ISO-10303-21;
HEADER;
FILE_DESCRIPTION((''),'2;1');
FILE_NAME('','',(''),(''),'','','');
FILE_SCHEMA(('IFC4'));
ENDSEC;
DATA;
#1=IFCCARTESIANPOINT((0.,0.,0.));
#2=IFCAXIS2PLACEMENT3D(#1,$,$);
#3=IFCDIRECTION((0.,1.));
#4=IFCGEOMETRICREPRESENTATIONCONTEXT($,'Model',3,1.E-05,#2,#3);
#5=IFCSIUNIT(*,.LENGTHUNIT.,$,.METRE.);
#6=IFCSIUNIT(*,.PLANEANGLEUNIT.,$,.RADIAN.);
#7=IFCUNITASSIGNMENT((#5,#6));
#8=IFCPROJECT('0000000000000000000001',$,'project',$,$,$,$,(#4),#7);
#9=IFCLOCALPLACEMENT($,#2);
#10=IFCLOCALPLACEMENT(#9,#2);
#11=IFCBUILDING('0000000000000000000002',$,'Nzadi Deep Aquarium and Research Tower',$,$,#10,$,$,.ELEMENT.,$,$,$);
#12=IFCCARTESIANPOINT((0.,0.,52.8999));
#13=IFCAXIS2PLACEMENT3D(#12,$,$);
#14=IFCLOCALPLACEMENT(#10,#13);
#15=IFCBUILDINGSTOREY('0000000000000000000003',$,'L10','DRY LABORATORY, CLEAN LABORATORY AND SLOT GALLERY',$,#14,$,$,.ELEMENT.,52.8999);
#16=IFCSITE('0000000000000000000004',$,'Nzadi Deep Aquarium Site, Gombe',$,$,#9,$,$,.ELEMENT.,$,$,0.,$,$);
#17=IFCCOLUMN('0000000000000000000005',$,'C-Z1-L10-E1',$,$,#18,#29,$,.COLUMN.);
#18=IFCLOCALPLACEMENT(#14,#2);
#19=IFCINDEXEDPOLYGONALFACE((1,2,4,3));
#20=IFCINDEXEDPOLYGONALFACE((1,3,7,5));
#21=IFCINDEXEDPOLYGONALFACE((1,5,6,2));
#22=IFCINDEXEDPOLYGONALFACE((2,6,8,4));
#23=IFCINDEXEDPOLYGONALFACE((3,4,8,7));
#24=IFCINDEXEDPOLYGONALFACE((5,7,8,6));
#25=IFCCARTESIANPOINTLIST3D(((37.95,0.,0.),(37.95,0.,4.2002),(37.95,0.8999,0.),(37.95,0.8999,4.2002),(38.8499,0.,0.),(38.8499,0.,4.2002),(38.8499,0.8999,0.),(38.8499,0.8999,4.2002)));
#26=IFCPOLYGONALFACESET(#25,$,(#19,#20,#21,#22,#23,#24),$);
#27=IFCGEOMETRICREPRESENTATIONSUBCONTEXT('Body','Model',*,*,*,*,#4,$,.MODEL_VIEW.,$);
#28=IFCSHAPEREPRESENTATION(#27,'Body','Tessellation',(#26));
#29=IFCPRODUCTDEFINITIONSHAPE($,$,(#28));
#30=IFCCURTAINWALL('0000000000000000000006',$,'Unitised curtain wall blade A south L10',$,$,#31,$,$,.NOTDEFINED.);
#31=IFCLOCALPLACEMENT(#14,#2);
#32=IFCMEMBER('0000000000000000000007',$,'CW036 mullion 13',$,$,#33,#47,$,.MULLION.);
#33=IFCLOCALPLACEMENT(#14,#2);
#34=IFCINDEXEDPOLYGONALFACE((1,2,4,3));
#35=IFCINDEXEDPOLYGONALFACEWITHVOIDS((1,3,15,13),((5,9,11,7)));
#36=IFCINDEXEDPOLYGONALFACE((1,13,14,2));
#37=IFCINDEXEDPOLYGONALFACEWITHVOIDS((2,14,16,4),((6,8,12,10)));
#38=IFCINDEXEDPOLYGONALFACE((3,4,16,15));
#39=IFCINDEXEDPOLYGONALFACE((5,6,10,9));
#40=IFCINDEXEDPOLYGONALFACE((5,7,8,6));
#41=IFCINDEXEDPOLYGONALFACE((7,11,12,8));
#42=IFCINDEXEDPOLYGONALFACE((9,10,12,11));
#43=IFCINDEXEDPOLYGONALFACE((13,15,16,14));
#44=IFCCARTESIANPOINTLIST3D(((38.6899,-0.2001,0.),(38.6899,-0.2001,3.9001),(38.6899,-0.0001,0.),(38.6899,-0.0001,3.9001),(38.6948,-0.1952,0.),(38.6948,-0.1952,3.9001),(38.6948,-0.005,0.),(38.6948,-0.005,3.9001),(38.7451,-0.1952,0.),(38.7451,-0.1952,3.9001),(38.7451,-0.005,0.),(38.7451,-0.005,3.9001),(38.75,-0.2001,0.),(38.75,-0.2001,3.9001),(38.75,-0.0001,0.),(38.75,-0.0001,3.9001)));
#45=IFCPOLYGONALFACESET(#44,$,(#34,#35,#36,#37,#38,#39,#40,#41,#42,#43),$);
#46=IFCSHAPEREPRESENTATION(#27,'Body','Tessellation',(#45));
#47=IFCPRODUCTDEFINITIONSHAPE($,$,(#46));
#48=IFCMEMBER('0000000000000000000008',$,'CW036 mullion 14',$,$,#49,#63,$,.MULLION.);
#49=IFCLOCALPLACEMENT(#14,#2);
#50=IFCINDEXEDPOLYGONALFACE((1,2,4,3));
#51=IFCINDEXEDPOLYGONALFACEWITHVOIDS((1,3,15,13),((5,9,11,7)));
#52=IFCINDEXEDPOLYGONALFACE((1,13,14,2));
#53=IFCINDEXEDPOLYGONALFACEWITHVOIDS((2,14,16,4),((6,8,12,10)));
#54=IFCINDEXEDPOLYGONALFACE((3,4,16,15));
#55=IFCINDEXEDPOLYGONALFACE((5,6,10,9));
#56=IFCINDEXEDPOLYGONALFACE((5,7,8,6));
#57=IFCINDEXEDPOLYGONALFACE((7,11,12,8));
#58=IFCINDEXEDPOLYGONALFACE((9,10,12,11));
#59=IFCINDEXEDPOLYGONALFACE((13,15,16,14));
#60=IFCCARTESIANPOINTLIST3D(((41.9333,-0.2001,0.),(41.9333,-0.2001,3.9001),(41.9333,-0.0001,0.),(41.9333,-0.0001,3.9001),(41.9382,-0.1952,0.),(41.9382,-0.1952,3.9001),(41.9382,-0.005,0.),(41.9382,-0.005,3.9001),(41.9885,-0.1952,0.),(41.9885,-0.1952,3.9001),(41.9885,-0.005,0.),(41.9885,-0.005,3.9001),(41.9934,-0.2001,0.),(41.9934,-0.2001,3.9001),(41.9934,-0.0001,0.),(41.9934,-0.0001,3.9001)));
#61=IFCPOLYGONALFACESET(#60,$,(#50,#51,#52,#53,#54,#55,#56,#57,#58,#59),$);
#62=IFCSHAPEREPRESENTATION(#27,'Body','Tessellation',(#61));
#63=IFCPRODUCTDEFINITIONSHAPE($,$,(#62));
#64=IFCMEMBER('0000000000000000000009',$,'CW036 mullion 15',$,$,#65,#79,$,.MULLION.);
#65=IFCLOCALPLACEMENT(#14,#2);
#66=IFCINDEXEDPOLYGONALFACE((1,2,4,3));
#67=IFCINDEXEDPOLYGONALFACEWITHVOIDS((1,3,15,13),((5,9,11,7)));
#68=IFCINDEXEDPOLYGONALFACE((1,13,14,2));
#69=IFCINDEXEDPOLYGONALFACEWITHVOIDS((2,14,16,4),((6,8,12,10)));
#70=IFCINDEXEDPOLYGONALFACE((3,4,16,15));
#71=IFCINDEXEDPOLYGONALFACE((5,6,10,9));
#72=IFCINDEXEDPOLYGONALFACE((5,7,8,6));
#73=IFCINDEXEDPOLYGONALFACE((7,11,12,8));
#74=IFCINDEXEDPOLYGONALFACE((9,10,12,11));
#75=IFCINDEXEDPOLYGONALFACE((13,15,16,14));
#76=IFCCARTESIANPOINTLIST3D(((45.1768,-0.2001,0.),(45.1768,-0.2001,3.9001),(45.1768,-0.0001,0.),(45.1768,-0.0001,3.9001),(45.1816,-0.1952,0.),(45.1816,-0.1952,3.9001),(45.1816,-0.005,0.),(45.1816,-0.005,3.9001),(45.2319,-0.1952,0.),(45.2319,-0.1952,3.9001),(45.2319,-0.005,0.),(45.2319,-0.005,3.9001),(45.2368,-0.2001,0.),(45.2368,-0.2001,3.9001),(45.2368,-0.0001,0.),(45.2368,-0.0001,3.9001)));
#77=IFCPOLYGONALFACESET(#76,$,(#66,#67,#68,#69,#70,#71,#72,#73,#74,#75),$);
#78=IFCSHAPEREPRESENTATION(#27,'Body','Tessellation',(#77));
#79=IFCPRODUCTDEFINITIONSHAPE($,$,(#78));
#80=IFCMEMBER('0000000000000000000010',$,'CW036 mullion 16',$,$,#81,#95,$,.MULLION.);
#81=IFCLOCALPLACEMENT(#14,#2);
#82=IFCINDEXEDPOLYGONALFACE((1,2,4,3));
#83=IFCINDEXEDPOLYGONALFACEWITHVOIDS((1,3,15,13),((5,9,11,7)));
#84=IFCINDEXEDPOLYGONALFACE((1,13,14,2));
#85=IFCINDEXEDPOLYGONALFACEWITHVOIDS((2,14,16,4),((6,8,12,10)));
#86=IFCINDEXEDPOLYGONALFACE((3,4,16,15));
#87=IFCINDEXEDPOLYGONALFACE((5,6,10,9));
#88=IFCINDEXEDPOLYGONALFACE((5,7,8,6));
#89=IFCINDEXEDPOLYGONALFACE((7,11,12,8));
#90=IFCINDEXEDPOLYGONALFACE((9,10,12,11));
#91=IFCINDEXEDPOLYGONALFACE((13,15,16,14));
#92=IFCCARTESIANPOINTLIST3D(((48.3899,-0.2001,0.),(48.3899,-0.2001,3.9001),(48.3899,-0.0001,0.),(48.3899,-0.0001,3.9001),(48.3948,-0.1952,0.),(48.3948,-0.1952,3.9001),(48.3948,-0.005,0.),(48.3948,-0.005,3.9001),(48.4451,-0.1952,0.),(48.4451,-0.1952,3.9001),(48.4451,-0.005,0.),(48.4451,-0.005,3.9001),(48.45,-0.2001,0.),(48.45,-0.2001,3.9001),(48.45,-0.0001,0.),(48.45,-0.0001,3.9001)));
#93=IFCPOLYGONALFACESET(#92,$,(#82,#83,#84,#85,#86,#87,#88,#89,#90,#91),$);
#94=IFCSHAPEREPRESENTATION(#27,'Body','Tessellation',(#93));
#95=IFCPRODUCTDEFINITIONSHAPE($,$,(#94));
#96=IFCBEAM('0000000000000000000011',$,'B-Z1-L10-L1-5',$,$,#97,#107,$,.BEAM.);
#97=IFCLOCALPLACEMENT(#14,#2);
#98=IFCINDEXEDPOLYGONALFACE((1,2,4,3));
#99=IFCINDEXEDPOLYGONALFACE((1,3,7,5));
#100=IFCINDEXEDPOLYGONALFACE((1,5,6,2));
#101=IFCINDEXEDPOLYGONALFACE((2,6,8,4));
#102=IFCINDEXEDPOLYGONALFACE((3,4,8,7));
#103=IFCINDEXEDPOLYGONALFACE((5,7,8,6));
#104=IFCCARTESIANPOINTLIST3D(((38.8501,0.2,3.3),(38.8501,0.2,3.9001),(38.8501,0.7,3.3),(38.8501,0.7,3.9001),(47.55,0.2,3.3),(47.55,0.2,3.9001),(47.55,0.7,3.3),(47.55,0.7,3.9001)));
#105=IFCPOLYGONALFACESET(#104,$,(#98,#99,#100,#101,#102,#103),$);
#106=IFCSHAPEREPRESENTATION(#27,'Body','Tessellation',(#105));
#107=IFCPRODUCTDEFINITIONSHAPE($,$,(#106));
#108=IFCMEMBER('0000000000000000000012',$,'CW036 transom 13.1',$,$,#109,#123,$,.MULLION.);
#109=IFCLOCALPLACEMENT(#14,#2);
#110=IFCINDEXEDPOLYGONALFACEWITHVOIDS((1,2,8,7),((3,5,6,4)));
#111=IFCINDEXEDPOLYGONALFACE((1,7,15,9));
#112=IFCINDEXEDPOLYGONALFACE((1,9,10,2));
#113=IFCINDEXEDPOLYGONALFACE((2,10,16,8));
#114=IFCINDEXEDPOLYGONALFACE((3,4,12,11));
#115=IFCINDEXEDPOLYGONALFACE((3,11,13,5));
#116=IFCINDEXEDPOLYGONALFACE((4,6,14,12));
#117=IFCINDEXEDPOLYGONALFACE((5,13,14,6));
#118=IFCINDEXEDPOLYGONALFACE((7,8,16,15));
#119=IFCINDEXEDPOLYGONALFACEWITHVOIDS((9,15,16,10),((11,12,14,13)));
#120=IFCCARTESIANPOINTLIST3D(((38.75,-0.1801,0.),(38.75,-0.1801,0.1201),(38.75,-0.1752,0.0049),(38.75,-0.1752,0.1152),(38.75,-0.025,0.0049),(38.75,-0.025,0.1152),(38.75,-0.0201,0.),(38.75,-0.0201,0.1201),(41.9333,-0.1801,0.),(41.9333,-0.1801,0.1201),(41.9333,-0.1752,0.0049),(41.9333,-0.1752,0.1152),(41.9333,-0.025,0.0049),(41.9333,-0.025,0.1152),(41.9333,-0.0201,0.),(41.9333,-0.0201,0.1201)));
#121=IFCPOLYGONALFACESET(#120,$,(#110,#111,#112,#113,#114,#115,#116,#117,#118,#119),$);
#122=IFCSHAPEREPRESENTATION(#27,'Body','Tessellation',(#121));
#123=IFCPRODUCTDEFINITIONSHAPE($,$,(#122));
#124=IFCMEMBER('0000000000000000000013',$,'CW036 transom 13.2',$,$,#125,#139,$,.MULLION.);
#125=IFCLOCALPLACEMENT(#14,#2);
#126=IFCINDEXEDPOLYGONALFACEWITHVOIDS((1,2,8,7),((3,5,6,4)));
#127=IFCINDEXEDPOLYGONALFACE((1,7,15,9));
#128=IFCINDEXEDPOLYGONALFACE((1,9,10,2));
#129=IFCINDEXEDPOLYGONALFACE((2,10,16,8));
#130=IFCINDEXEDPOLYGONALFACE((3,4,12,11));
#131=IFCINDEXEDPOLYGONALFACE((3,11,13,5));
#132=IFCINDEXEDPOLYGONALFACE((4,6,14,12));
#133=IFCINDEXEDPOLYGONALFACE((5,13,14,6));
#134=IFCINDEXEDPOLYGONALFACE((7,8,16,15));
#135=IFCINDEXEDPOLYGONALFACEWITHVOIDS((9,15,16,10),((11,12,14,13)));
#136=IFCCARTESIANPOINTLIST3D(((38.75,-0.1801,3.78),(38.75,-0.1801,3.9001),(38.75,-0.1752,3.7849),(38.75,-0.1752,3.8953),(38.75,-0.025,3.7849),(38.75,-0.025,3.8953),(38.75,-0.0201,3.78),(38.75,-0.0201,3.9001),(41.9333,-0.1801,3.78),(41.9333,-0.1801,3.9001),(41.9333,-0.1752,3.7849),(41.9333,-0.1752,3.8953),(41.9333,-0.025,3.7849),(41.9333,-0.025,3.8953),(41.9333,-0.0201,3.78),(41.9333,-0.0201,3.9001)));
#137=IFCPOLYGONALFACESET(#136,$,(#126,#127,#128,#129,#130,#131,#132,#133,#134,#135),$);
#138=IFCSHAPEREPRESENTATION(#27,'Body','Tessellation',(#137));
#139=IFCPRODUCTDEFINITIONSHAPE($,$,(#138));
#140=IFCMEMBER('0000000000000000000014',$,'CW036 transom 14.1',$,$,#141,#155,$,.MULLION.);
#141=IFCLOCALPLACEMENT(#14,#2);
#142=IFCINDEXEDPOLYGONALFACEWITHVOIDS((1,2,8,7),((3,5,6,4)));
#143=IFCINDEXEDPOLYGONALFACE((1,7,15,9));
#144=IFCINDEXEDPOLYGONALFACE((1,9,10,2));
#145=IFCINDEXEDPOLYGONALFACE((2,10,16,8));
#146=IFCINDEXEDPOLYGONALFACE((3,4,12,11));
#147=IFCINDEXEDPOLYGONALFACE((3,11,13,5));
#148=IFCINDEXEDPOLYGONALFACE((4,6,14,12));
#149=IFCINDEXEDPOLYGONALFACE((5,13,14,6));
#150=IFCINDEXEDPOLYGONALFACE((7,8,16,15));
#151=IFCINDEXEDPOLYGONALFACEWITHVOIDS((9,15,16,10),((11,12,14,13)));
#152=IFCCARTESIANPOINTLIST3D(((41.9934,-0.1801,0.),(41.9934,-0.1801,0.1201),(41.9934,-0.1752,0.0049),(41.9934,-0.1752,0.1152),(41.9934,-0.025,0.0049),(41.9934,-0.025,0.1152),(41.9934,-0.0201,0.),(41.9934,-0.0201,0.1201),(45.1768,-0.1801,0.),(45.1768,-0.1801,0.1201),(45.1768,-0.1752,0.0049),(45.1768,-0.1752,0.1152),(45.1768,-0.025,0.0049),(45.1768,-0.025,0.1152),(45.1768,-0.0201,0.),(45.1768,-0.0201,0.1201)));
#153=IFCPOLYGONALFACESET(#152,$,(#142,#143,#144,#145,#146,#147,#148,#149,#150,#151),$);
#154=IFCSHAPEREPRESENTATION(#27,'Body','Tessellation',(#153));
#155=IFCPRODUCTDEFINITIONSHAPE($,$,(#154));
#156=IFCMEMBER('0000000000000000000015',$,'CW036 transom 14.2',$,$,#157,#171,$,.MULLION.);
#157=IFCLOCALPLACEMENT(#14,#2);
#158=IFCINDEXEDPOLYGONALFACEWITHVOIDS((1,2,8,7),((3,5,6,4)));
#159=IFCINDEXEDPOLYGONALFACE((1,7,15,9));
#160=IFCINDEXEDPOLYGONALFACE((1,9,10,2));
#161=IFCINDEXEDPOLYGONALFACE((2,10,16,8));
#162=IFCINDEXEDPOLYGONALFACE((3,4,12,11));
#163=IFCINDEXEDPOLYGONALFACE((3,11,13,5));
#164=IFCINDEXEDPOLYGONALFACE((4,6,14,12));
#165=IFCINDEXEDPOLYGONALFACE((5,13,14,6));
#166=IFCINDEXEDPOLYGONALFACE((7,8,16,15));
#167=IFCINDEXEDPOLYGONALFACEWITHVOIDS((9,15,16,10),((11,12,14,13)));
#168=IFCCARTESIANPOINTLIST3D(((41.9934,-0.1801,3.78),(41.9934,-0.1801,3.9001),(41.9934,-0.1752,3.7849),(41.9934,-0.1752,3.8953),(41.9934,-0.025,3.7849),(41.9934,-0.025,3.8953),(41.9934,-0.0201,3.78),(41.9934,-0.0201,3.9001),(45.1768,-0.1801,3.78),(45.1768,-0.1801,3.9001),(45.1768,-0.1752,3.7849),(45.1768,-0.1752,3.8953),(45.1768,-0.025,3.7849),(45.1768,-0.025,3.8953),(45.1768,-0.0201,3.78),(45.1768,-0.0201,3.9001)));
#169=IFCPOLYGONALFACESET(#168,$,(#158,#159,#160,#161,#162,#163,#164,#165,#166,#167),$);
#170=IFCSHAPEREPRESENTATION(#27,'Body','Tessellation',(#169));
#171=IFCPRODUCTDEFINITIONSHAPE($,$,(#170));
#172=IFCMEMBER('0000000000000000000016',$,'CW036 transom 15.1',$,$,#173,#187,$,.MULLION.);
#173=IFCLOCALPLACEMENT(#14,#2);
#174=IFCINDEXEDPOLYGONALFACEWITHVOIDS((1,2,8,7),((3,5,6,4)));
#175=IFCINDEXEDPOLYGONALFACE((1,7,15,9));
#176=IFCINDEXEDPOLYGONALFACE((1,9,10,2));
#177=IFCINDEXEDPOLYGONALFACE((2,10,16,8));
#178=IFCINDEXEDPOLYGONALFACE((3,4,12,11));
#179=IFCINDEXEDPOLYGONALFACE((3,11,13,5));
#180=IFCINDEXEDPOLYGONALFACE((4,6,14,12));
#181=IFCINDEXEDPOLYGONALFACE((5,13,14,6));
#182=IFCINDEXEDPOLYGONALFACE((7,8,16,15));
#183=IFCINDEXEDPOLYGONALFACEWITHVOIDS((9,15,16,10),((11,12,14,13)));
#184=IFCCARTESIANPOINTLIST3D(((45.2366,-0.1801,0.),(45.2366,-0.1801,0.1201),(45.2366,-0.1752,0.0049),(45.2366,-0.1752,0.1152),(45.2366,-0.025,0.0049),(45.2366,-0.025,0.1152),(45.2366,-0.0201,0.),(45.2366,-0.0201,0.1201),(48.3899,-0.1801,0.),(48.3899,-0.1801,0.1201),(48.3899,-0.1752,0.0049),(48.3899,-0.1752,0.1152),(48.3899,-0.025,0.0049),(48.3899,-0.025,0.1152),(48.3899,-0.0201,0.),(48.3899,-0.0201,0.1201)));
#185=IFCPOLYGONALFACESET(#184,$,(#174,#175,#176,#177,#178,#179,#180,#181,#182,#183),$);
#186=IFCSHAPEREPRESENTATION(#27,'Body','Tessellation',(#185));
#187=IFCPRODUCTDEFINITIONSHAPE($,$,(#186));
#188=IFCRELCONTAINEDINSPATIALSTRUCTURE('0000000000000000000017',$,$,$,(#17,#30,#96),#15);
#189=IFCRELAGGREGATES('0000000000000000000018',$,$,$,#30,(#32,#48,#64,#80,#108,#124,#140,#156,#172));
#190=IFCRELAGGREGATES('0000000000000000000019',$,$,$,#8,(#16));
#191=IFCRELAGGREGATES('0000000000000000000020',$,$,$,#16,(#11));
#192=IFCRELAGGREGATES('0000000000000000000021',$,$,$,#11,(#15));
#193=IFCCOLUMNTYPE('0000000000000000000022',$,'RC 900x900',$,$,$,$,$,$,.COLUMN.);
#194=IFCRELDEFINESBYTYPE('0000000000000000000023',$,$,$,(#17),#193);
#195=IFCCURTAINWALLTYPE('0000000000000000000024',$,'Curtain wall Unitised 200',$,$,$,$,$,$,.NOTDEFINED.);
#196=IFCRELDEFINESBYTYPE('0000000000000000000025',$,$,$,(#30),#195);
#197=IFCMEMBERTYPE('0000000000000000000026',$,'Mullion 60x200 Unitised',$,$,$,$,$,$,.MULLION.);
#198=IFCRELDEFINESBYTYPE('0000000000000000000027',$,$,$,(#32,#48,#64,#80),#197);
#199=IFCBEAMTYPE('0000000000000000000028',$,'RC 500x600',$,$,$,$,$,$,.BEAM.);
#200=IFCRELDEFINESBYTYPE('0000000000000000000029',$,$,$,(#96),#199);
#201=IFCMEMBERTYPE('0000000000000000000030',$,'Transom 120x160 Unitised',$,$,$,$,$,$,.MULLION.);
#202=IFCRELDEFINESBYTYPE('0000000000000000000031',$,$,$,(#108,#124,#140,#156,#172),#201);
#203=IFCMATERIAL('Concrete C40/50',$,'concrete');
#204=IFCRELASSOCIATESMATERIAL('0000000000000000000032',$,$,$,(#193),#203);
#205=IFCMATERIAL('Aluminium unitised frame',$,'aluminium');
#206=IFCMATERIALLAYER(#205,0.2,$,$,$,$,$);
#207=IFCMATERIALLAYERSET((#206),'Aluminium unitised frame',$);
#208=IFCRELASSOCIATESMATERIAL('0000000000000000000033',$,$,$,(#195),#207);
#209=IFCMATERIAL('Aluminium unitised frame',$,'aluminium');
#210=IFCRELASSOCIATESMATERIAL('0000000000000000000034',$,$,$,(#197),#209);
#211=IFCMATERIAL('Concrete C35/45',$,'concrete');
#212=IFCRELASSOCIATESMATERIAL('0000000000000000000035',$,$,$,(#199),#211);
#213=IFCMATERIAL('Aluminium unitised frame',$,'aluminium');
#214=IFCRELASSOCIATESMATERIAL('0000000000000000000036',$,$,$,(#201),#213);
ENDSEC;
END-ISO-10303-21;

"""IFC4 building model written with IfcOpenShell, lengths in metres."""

from ifc_helpers import new_model, si_unit, direction, frame, origin, origin_2d, place, context, subcontext, project, spatial, rectangle, hollow_rectangle, extrude, material, layer, layer_set, material_profile, profile_set, type_object, element, aggregate, save


model = new_model("IFC4")

# Units and contexts
model_context = context("Model", 3, precision=1e-05, world=origin(), true_north=direction((0.0, 1.0)))
body_context = subcontext(model_context, "Body", "Model", "MODEL_VIEW")
ifc_project = project(units=[si_unit("LENGTHUNIT", "METRE"), si_unit("PLANEANGLEUNIT", "RADIAN")], contexts=[model_context])

# Site, building, storey
site_placement = place(None, origin())
site = spatial("IfcSite", under=ifc_project, at=site_placement, Name="Nzadi Deep Aquarium Site, Gombe", CompositionType="ELEMENT", RefElevation=0.0)
building_placement = place(site_placement, origin())
building = spatial("IfcBuilding", under=site, at=building_placement, Name="Nzadi Deep Aquarium and Research Tower", CompositionType="ELEMENT")
storey_placement = place(building_placement, frame((0.0, 0.0, 52.8999)))
storey = spatial("IfcBuildingStorey", under=building, at=storey_placement, Name="L10", Description="DRY LABORATORY, CLEAN LABORATORY AND SLOT GALLERY", CompositionType="ELEMENT", Elevation=52.8999)

# Column
ifc_material_1 = material(Name="Concrete C40/50", Category="concrete")
ifc_material_profile_1 = material_profile(ifc_material_1, rectangle(XDim=0.8999, YDim=0.8999, at=origin_2d()))
ifc_profile_set_1 = profile_set([ifc_material_profile_1], Name="Concrete C40/50")
column_type = type_object("IfcColumnType", Name="RC 900x900", PredefinedType="COLUMN", material=ifc_profile_set_1)
column_placement = place(storey_placement, frame((38.3999, 0.45, 0.0), z_axis=(0.0, 0.0, 1.0), x_axis=(1.0, 0.0, 0.0)))
element("IfcColumn", 1, at=column_placement, inside=storey, type_object=column_type, Name="C-Z1-L10-E1", PredefinedType="COLUMN", context=body_context, shape_type="SweptSolid", body=[
    extrude(rectangle(XDim=0.8999, YDim=0.8999, at=origin_2d()), origin(), (0.0, 0.0, 1.0), 4.2002),
])

# Curtain wall, members
ifc_material_2 = material(Name="Aluminium unitised frame", Category="aluminium")
ifc_layer_1 = layer(ifc_material_2, 0.2)
ifc_layer_set_1 = layer_set([ifc_layer_1], Name="Aluminium unitised frame")
curtain_wall_type = type_object("IfcCurtainWallType", Name="Curtain wall Unitised 200", PredefinedType="NOTDEFINED", material=ifc_layer_set_1)
curtain_wall_placement = place(storey_placement, origin())
curtain_wall = element("IfcCurtainWall", 2, at=curtain_wall_placement, inside=storey, type_object=curtain_wall_type, Name="Unitised curtain wall blade A south L10", PredefinedType="NOTDEFINED")
ifc_material_3 = material(Name="Aluminium unitised frame", Category="aluminium")
ifc_material_profile_2 = material_profile(ifc_material_3, hollow_rectangle(XDim=0.2, YDim=0.0601, WallThickness=0.0049, at=origin_2d()))
ifc_profile_set_2 = profile_set([ifc_material_profile_2], Name="Aluminium unitised frame")
member_type_1 = type_object("IfcMemberType", Name="Mullion 60x200 Unitised", PredefinedType="MULLION", material=ifc_profile_set_2)
member_1_placement = place(storey_placement, frame((38.72, -0.1001, 0.0), z_axis=(0.0, 0.0, 1.0), x_axis=(0.0, 1.0, 0.0)))
member_1 = element("IfcMember", 3, at=member_1_placement, type_object=member_type_1, Name="CW036 mullion 13", PredefinedType="MULLION", context=body_context, shape_type="SweptSolid", body=[
    extrude(hollow_rectangle(XDim=0.2, YDim=0.0601, WallThickness=0.0049, at=origin_2d()), origin(), (0.0, 0.0, 1.0), 3.9001),
])
member_2_placement = place(storey_placement, frame((41.9634, -0.1001, 0.0), z_axis=(0.0, 0.0, 1.0), x_axis=(0.0, 1.0, 0.0)))
member_2 = element("IfcMember", 4, at=member_2_placement, type_object=member_type_1, Name="CW036 mullion 14", PredefinedType="MULLION", context=body_context, shape_type="SweptSolid", body=[
    extrude(hollow_rectangle(XDim=0.2, YDim=0.0601, WallThickness=0.0049, at=origin_2d()), origin(), (0.0, 0.0, 1.0), 3.9001),
])
member_3_placement = place(storey_placement, frame((45.2068, -0.1001, 0.0), z_axis=(0.0, 0.0, 1.0), x_axis=(0.0, 1.0, 0.0)))
member_3 = element("IfcMember", 5, at=member_3_placement, type_object=member_type_1, Name="CW036 mullion 15", PredefinedType="MULLION", context=body_context, shape_type="SweptSolid", body=[
    extrude(hollow_rectangle(XDim=0.2, YDim=0.0601, WallThickness=0.0049, at=origin_2d()), origin(), (0.0, 0.0, 1.0), 3.9001),
])
member_4_placement = place(storey_placement, frame((48.4199, -0.1001, 0.0), z_axis=(0.0, 0.0, 1.0), x_axis=(0.0, 1.0, 0.0)))
member_4 = element("IfcMember", 6, at=member_4_placement, type_object=member_type_1, Name="CW036 mullion 16", PredefinedType="MULLION", context=body_context, shape_type="SweptSolid", body=[
    extrude(hollow_rectangle(XDim=0.2, YDim=0.0601, WallThickness=0.0049, at=origin_2d()), origin(), (0.0, 0.0, 1.0), 3.9001),
])

# Beam
ifc_material_4 = material(Name="Concrete C35/45", Category="concrete")
ifc_material_profile_3 = material_profile(ifc_material_4, rectangle(XDim=0.5, YDim=0.6001, at=origin_2d()))
ifc_profile_set_3 = profile_set([ifc_material_profile_3], Name="Concrete C35/45")
beam_type = type_object("IfcBeamType", Name="RC 500x600", PredefinedType="BEAM", material=ifc_profile_set_3)
beam_placement = place(storey_placement, frame((38.8501, 0.45, 3.6001), z_axis=(1.0, 0.0, 0.0), x_axis=(0.0, 1.0, 0.0)))
element("IfcBeam", 7, at=beam_placement, inside=storey, type_object=beam_type, Name="B-Z1-L10-L1-5", PredefinedType="BEAM", context=body_context, shape_type="SweptSolid", body=[
    extrude(rectangle(XDim=0.5, YDim=0.6001, at=origin_2d()), origin(), (0.0, 0.0, 1.0), 8.7),
])

# Members
ifc_material_5 = material(Name="Aluminium unitised frame", Category="aluminium")
ifc_material_profile_4 = material_profile(ifc_material_5, hollow_rectangle(XDim=0.1599, YDim=0.1201, WallThickness=0.0049, at=origin_2d()))
ifc_profile_set_4 = profile_set([ifc_material_profile_4], Name="Aluminium unitised frame")
member_type_2 = type_object("IfcMemberType", Name="Transom 120x160 Unitised", PredefinedType="MULLION", material=ifc_profile_set_4)
member_5_placement = place(storey_placement, frame((38.75, -0.1001, 0.0601), z_axis=(1.0, 0.0, 0.0), x_axis=(0.0, 1.0, 0.0)))
member_5 = element("IfcMember", 8, at=member_5_placement, type_object=member_type_2, Name="CW036 transom 13.1", PredefinedType="MULLION", context=body_context, shape_type="SweptSolid", body=[
    extrude(hollow_rectangle(XDim=0.1599, YDim=0.1201, WallThickness=0.0049, at=origin_2d()), origin(), (0.0, 0.0, 1.0), 3.1833),
])
member_6_placement = place(storey_placement, frame((38.75, -0.1001, 3.8401), z_axis=(1.0, 0.0, 0.0), x_axis=(0.0, 1.0, 0.0)))
member_6 = element("IfcMember", 9, at=member_6_placement, type_object=member_type_2, Name="CW036 transom 13.2", PredefinedType="MULLION", context=body_context, shape_type="SweptSolid", body=[
    extrude(hollow_rectangle(XDim=0.1599, YDim=0.1201, WallThickness=0.0049, at=origin_2d()), origin(), (0.0, 0.0, 1.0), 3.1833),
])
member_7_placement = place(storey_placement, frame((41.9934, -0.1001, 0.0601), z_axis=(1.0, 0.0, 0.0), x_axis=(0.0, 1.0, 0.0)))
member_7 = element("IfcMember", 10, at=member_7_placement, type_object=member_type_2, Name="CW036 transom 14.1", PredefinedType="MULLION", context=body_context, shape_type="SweptSolid", body=[
    extrude(hollow_rectangle(XDim=0.1599, YDim=0.1201, WallThickness=0.0049, at=origin_2d()), origin(), (0.0, 0.0, 1.0), 3.1833),
])
member_8_placement = place(storey_placement, frame((41.9934, -0.1001, 3.8401), z_axis=(1.0, 0.0, 0.0), x_axis=(0.0, 1.0, 0.0)))
member_8 = element("IfcMember", 11, at=member_8_placement, type_object=member_type_2, Name="CW036 transom 14.2", PredefinedType="MULLION", context=body_context, shape_type="SweptSolid", body=[
    extrude(hollow_rectangle(XDim=0.1599, YDim=0.1201, WallThickness=0.0049, at=origin_2d()), origin(), (0.0, 0.0, 1.0), 3.1833),
])
member_9_placement = place(storey_placement, frame((45.2366, -0.1001, 0.0601), z_axis=(1.0, 0.0, 0.0), x_axis=(0.0, 1.0, 0.0)))
member_9 = element("IfcMember", 12, at=member_9_placement, type_object=member_type_2, Name="CW036 transom 15.1", PredefinedType="MULLION", context=body_context, shape_type="SweptSolid", body=[
    extrude(hollow_rectangle(XDim=0.1599, YDim=0.1201, WallThickness=0.0049, at=origin_2d()), origin(), (0.0, 0.0, 1.0), 3.1533),
])

aggregate(curtain_wall, [member_1, member_2, member_3, member_4, member_5, member_6, member_7, member_8, member_9])

save(model, "model.ifc")
